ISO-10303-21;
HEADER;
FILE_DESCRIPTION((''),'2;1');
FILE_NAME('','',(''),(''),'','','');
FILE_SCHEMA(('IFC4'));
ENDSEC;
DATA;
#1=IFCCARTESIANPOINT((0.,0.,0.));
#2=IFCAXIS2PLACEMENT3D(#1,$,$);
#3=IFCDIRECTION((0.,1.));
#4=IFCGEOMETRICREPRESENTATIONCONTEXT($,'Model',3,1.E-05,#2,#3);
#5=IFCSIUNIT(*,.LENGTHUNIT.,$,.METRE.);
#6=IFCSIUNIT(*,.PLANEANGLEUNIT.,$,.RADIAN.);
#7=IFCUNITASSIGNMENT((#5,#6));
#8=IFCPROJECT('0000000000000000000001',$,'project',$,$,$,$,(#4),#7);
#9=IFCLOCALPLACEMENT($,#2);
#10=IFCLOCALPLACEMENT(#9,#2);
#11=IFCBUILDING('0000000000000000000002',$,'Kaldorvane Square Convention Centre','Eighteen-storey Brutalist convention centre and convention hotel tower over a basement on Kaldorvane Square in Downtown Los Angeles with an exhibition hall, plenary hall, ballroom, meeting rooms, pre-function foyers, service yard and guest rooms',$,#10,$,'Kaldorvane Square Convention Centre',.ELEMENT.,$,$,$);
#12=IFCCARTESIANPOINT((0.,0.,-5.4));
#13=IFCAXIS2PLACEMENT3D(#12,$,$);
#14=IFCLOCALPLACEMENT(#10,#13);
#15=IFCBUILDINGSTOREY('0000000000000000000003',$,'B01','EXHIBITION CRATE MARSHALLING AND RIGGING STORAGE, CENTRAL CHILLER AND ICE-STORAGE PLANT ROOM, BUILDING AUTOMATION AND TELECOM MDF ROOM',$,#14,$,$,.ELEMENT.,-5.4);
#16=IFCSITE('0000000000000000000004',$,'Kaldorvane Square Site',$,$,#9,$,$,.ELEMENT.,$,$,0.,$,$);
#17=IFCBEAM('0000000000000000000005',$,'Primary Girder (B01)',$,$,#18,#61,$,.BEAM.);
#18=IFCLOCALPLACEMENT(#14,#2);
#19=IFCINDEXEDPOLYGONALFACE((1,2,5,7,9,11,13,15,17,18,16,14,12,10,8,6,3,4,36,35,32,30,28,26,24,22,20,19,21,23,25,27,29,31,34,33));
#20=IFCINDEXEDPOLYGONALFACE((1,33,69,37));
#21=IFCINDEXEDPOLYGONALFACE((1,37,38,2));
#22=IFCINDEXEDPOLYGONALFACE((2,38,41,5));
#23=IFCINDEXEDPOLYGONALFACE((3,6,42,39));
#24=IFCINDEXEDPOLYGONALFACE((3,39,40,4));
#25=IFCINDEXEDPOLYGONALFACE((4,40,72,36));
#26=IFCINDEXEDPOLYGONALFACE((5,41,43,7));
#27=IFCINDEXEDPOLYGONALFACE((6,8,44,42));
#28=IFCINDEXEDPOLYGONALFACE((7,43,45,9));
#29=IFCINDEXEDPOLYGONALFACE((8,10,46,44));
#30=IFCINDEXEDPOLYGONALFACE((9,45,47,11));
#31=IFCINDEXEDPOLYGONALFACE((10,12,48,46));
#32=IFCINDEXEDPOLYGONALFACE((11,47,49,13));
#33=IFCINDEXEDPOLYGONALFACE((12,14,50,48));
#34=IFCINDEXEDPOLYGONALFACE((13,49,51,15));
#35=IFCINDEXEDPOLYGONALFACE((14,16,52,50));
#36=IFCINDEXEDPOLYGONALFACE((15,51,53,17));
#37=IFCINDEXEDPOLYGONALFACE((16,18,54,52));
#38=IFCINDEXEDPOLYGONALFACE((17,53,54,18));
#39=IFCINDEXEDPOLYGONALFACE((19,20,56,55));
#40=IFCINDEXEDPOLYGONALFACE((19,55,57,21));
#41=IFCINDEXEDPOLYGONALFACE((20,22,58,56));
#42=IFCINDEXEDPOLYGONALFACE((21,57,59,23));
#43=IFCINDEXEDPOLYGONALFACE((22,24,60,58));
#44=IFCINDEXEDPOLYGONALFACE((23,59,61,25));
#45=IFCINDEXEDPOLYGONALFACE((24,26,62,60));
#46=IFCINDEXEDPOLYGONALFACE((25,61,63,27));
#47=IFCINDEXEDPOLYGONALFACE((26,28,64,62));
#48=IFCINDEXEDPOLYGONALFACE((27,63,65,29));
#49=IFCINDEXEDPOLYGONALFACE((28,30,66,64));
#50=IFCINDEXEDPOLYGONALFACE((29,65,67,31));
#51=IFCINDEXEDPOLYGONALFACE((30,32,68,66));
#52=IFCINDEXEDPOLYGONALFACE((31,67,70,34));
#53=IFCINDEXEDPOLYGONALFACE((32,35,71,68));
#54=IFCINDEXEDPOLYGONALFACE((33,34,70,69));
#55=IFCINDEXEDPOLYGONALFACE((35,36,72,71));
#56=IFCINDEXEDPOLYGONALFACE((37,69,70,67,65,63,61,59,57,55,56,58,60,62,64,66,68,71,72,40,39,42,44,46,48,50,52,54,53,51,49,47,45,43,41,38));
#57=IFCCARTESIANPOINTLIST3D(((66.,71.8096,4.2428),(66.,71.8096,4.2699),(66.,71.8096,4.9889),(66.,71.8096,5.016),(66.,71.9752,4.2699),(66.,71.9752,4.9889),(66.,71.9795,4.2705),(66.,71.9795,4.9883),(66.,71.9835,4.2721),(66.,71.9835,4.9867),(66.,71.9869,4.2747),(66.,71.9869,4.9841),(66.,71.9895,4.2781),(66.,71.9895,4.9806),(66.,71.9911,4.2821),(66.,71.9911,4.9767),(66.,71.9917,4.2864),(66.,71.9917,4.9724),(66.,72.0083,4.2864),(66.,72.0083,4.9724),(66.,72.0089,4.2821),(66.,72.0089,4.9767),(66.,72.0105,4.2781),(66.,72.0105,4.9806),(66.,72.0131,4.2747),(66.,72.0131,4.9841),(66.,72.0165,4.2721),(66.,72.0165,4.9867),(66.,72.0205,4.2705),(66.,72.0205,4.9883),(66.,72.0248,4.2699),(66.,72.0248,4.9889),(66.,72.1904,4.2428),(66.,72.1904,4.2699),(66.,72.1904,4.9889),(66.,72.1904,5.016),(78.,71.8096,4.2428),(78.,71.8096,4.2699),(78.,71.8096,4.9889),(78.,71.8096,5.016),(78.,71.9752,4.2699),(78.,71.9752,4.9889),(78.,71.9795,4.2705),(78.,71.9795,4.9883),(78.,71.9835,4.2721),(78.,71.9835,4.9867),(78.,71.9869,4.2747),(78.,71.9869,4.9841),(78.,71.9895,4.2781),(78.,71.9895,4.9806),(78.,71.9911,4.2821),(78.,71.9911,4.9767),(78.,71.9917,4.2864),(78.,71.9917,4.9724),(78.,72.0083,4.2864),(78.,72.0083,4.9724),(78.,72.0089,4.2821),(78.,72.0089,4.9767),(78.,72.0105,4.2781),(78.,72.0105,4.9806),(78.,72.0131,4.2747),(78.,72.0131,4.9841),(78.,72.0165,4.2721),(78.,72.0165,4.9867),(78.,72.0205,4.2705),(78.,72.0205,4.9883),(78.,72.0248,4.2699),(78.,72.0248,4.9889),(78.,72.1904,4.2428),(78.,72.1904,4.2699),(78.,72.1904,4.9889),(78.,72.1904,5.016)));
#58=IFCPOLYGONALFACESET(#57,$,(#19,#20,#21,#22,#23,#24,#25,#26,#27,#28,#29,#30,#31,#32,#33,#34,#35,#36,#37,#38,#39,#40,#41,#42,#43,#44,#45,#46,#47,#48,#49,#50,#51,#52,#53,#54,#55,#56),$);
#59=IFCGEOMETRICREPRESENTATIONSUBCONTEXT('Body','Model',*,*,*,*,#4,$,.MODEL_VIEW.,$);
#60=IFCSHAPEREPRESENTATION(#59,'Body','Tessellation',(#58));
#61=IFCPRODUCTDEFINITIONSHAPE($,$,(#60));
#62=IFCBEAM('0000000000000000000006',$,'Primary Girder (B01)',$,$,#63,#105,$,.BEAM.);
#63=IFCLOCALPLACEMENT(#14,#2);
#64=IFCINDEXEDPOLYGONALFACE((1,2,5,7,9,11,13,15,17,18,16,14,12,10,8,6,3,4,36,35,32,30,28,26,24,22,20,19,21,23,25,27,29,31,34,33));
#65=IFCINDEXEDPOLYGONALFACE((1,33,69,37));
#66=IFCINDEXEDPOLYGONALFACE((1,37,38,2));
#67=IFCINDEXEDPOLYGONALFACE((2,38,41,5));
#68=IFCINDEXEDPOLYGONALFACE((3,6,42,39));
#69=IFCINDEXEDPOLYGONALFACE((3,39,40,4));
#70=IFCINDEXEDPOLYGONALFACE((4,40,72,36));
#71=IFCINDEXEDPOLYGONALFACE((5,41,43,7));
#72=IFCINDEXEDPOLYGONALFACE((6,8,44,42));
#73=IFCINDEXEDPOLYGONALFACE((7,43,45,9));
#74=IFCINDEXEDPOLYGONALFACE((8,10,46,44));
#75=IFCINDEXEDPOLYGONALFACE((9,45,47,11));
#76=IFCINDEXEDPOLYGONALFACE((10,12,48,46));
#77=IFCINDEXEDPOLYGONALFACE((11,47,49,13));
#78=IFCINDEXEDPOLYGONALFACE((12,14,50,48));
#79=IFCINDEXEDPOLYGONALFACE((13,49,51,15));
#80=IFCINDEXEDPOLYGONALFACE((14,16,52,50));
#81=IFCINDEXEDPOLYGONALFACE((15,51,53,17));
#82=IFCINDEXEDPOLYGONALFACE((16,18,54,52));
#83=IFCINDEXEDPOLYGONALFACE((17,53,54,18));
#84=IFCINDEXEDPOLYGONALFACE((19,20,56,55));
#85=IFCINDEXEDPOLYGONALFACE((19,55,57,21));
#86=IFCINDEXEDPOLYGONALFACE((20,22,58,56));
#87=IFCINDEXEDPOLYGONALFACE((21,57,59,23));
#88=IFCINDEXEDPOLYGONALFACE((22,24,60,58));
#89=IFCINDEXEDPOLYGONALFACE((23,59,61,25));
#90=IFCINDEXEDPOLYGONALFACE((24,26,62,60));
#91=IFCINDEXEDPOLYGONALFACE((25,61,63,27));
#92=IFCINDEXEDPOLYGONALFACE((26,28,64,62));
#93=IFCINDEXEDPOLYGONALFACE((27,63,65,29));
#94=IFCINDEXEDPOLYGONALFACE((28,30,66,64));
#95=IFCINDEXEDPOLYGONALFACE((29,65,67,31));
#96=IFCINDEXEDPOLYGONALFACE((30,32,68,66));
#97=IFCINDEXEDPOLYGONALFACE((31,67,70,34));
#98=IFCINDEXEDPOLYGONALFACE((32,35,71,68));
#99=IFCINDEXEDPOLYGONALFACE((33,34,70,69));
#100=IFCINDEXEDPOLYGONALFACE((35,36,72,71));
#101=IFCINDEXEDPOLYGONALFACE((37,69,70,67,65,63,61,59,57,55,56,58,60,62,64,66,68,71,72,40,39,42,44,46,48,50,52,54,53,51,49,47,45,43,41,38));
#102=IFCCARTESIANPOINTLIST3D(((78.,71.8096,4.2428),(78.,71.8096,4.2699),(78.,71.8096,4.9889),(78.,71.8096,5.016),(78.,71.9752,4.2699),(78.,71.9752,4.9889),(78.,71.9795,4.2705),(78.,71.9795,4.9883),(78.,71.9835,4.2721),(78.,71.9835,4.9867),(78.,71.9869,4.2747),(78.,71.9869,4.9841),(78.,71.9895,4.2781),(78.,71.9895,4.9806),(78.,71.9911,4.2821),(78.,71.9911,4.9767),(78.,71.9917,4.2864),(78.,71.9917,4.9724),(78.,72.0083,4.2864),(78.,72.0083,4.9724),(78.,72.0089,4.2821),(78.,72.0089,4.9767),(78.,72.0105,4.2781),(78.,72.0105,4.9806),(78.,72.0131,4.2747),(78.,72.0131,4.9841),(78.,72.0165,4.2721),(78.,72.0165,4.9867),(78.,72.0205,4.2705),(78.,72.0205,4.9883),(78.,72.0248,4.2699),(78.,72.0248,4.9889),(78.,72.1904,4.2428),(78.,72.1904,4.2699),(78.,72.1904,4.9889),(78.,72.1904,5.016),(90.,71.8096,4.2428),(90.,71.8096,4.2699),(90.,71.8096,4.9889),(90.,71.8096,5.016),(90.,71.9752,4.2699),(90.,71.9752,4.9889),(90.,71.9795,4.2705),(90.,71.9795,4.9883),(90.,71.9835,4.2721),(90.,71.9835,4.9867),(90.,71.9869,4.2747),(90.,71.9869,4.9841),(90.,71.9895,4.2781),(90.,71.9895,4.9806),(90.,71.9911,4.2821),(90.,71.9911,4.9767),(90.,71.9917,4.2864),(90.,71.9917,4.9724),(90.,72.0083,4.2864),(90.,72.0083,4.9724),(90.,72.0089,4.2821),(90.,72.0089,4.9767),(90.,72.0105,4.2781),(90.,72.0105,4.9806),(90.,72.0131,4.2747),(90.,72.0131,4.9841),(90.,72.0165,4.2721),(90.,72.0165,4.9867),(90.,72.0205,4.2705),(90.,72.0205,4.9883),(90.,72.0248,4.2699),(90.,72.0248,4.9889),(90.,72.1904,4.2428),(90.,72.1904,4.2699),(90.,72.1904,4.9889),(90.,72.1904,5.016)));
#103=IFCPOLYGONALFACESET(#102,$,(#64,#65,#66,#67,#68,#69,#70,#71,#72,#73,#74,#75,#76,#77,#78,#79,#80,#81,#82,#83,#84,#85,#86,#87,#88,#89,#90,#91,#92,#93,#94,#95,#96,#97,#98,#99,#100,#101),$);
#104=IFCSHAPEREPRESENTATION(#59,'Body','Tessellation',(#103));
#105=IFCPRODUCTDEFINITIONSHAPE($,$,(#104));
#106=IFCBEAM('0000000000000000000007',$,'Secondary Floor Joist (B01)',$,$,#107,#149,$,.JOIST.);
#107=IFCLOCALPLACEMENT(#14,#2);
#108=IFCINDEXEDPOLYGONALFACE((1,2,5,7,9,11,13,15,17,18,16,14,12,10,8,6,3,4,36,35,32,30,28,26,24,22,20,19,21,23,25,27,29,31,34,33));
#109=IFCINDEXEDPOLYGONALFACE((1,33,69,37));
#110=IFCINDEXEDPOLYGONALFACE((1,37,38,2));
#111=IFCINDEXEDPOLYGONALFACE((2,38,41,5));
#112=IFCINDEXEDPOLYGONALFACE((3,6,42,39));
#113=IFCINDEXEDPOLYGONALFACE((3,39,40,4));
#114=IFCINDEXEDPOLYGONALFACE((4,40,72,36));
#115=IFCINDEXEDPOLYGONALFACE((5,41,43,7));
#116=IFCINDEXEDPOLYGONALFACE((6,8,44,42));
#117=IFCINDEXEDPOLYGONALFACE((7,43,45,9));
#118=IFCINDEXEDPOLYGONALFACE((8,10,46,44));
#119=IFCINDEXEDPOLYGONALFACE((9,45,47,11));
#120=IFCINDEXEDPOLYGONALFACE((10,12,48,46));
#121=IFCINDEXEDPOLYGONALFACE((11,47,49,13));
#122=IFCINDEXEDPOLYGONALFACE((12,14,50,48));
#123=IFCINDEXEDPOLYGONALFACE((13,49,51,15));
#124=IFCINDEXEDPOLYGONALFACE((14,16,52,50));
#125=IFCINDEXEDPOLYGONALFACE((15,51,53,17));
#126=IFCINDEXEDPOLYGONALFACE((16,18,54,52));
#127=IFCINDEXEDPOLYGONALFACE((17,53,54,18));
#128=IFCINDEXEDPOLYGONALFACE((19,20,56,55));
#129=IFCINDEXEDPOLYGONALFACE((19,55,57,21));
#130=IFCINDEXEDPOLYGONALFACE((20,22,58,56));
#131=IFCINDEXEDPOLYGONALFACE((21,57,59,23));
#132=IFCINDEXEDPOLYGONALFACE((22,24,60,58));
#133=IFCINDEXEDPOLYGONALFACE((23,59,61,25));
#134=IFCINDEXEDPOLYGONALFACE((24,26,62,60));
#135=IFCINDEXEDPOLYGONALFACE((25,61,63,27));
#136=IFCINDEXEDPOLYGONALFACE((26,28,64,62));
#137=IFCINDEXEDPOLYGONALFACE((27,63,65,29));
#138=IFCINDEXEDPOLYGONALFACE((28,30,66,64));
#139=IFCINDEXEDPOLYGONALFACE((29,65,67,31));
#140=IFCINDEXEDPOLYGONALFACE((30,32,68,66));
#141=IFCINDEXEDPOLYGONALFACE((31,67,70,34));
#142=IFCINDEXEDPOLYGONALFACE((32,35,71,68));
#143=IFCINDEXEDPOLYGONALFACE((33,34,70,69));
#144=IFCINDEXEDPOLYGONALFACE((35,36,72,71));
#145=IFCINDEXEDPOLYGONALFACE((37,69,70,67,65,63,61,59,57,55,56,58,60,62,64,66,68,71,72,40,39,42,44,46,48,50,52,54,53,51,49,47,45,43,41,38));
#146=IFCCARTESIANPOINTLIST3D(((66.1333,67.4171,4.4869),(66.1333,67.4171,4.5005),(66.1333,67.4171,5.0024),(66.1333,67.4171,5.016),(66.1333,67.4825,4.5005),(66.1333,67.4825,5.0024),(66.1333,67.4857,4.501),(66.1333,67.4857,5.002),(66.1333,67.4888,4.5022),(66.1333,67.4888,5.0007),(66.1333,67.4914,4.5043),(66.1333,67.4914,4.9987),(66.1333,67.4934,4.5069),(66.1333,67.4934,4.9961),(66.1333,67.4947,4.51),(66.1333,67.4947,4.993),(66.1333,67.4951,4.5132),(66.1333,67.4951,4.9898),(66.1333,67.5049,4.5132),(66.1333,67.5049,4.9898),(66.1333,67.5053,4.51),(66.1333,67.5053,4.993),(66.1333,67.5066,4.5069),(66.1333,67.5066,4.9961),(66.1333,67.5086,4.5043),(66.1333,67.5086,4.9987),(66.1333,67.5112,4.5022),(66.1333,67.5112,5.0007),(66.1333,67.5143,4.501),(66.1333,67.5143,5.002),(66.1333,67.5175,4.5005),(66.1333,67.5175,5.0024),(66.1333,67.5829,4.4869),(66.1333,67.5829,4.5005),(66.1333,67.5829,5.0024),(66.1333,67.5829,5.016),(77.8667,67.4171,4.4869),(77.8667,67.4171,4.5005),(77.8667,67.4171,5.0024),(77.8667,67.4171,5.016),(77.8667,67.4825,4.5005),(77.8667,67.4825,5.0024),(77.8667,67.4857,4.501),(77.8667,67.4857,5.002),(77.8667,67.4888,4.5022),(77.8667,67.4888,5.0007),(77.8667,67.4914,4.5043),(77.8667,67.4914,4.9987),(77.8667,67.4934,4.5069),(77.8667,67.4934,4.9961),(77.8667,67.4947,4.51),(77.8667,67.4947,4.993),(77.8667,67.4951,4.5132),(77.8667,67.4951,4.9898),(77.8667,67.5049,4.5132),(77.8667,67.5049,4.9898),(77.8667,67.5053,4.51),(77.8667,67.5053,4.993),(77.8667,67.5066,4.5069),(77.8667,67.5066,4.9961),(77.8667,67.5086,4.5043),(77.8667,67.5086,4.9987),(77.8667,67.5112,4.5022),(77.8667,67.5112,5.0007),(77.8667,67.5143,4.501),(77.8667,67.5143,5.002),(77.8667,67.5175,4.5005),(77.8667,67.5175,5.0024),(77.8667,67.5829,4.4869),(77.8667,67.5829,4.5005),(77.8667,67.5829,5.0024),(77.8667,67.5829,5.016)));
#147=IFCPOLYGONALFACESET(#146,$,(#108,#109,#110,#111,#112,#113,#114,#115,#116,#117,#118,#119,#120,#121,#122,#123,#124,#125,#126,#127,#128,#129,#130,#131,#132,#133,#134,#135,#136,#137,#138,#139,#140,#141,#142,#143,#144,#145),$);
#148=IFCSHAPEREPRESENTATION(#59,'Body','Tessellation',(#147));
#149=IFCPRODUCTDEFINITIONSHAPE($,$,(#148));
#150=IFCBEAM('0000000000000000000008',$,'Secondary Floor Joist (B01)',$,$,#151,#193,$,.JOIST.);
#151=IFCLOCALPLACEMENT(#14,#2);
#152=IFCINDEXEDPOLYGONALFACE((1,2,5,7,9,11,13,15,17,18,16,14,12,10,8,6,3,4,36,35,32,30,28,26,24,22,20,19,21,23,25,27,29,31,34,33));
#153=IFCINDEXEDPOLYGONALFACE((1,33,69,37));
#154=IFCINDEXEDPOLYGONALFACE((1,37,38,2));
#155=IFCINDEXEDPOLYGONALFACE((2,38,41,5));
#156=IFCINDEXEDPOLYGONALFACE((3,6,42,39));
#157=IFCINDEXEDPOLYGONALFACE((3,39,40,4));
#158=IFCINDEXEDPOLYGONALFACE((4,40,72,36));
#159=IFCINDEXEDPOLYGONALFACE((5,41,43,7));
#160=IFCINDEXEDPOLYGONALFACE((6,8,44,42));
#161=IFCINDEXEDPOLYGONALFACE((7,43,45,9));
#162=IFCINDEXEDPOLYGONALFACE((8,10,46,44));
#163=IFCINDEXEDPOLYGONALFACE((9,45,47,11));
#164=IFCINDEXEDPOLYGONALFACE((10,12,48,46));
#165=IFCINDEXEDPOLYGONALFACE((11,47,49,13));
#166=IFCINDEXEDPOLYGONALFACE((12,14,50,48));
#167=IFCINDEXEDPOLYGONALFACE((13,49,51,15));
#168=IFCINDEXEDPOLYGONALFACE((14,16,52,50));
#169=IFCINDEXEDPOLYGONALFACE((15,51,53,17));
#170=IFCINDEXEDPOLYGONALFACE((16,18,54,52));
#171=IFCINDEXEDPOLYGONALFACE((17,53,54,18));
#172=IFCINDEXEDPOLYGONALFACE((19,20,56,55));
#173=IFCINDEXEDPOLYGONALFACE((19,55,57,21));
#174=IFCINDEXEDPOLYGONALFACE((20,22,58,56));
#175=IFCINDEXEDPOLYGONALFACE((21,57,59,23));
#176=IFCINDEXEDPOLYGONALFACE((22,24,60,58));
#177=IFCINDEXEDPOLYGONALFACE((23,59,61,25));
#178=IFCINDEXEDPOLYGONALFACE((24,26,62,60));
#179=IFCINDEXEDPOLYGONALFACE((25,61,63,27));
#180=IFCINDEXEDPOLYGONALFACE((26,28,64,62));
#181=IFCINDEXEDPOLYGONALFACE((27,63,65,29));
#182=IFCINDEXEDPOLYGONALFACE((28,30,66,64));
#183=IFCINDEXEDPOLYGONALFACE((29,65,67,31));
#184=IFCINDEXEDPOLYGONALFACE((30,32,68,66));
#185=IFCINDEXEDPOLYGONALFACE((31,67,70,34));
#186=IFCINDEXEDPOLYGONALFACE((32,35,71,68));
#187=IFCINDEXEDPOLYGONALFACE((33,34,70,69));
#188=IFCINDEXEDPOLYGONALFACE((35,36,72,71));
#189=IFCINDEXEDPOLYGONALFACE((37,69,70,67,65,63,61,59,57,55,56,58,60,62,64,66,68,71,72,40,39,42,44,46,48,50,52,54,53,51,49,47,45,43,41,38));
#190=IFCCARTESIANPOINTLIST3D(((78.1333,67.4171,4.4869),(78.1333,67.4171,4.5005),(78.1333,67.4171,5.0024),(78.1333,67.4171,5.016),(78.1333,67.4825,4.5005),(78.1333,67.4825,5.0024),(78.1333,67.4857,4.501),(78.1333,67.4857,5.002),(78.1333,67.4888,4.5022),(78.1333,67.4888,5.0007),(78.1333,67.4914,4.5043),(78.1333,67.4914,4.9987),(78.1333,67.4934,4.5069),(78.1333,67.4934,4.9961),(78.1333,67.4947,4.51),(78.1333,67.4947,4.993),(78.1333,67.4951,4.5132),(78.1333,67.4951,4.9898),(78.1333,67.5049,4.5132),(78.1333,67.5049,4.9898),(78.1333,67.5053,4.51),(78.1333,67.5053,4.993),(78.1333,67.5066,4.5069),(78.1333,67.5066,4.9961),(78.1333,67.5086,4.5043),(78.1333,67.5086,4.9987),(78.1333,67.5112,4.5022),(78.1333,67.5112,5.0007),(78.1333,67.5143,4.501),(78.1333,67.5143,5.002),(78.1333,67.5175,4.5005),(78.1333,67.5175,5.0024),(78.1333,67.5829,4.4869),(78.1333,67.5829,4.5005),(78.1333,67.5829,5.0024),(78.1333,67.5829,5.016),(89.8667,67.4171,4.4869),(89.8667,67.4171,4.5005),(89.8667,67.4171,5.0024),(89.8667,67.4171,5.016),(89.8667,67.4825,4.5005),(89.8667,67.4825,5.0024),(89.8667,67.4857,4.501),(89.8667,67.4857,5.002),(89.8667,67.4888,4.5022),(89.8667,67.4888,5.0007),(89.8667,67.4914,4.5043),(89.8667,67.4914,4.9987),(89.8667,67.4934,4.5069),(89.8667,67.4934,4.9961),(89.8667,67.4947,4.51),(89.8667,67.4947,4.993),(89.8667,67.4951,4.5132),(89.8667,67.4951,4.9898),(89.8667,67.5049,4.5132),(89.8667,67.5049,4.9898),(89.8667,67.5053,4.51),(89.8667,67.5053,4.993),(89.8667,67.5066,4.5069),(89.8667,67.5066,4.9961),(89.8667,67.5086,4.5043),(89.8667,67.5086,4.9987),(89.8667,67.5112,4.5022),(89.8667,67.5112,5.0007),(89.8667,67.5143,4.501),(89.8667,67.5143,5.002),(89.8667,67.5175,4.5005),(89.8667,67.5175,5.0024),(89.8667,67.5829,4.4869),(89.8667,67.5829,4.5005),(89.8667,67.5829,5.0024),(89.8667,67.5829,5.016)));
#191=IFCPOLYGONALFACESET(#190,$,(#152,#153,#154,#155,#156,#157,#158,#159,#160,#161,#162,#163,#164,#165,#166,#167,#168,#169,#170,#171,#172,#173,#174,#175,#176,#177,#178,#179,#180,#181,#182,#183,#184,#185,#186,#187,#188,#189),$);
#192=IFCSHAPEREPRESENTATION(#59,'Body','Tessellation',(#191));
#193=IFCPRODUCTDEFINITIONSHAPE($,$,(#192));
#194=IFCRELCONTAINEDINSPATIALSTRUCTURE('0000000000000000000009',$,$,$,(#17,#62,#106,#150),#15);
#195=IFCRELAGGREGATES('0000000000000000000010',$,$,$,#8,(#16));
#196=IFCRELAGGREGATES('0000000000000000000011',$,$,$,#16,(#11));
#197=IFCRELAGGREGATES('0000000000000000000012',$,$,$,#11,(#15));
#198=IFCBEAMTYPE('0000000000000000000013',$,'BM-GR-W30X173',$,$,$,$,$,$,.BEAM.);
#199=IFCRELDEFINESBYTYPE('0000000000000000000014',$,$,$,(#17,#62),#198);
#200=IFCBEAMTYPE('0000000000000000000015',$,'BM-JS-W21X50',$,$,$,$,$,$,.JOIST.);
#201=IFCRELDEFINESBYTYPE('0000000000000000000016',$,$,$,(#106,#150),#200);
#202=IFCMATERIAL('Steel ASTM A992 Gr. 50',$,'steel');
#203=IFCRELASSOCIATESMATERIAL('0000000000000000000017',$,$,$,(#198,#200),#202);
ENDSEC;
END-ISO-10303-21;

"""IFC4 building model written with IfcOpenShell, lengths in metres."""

from ifc_helpers import new_model, si_unit, direction, frame, origin, origin_2d, place, context, subcontext, project, spatial, i_section, extrude, material, material_profile, profile_set, type_object, element, save


model = new_model("IFC4")

# Units and contexts
model_context = context("Model", 3, precision=1e-05, world=origin(), true_north=direction((0.0, 1.0)))
body_context = subcontext(model_context, "Body", "Model", "MODEL_VIEW")
ifc_project = project(units=[si_unit("LENGTHUNIT", "METRE"), si_unit("PLANEANGLEUNIT", "RADIAN")], contexts=[model_context])

# Site, building, storey
site_placement = place(None, origin())
site = spatial("IfcSite", under=ifc_project, at=site_placement, Name="Kaldorvane Square Site", CompositionType="ELEMENT", RefElevation=0.0)
building_placement = place(site_placement, origin())
building = spatial("IfcBuilding", under=site, at=building_placement, Name="Kaldorvane Square Convention Centre", Description="Eighteen-storey Brutalist convention centre and convention hotel tower over a basement on Kaldorvane Square in Downtown Los Angeles with an exhibition hall, plenary hall, ballroom, meeting rooms, pre-function foyers, service yard and guest rooms", LongName="Kaldorvane Square Convention Centre", CompositionType="ELEMENT")
storey_placement = place(building_placement, frame((0.0, 0.0, -5.4)))
storey = spatial("IfcBuildingStorey", under=building, at=storey_placement, Name="B01", Description="EXHIBITION CRATE MARSHALLING AND RIGGING STORAGE, CENTRAL CHILLER AND ICE-STORAGE PLANT ROOM, BUILDING AUTOMATION AND TELECOM MDF ROOM", CompositionType="ELEMENT", Elevation=-5.4)

# Shared definitions
ifc_material_1 = material(Name="Steel ASTM A992 Gr. 50", Category="steel")

# Beams
ifc_material_profile_1 = material_profile(ifc_material_1, i_section(OverallWidth=0.3807, OverallDepth=0.7732, WebThickness=0.0166, FlangeThickness=0.0271, FilletRadius=0.0165, at=origin_2d()), Name="W30X173")
ifc_profile_set_1 = profile_set([ifc_material_profile_1], Name="Steel ASTM A992 Gr. 50")
beam_type_1 = type_object("IfcBeamType", Name="BM-GR-W30X173", PredefinedType="BEAM", material=ifc_profile_set_1)
for number, where, z_axis, x_axis, name in (
    (1, (66.0, 72.0, 4.6294), (1.0, 0.0, 0.0), (0.0, 1.0, 0.0), "Primary Girder (B01)"),
    (2, (78.0, 72.0, 4.6294), (1.0, 0.0, 0.0), (0.0, 1.0, 0.0), "Primary Girder (B01)"),
):
    element("IfcBeam", number, at=place(storey_placement, frame(where, z_axis=z_axis, x_axis=x_axis)), inside=storey, type_object=beam_type_1, Name=name, PredefinedType="BEAM", context=body_context, shape_type="SweptSolid", body=[
        extrude(i_section(OverallWidth=0.3807, OverallDepth=0.7732, WebThickness=0.0166, FlangeThickness=0.0271, FilletRadius=0.0165, at=origin_2d()), origin(), (0.0, 0.0, 1.0), 12.0),
    ])
ifc_material_profile_2 = material_profile(ifc_material_1, i_section(OverallWidth=0.1659, OverallDepth=0.5291, WebThickness=0.0097, FlangeThickness=0.0136, FilletRadius=0.0127, at=origin_2d()), Name="W21X50")
ifc_profile_set_2 = profile_set([ifc_material_profile_2], Name="Steel ASTM A992 Gr. 50")
beam_type_2 = type_object("IfcBeamType", Name="BM-JS-W21X50", PredefinedType="JOIST", material=ifc_profile_set_2)
for number, where, z_axis, x_axis, name in (
    (3, (66.1333, 67.5, 4.7515), (1.0, 0.0, 0.0), (0.0, 1.0, 0.0), "Secondary Floor Joist (B01)"),
    (4, (78.1333, 67.5, 4.7515), (1.0, 0.0, 0.0), (0.0, 1.0, 0.0), "Secondary Floor Joist (B01)"),
):
    element("IfcBeam", number, at=place(storey_placement, frame(where, z_axis=z_axis, x_axis=x_axis)), inside=storey, type_object=beam_type_2, Name=name, PredefinedType="JOIST", context=body_context, shape_type="SweptSolid", body=[
        extrude(i_section(OverallWidth=0.1659, OverallDepth=0.5291, WebThickness=0.0097, FlangeThickness=0.0136, FilletRadius=0.0127, at=origin_2d()), origin(), (0.0, 0.0, 1.0), 11.7334),
    ])

save(model, "model.ifc")
